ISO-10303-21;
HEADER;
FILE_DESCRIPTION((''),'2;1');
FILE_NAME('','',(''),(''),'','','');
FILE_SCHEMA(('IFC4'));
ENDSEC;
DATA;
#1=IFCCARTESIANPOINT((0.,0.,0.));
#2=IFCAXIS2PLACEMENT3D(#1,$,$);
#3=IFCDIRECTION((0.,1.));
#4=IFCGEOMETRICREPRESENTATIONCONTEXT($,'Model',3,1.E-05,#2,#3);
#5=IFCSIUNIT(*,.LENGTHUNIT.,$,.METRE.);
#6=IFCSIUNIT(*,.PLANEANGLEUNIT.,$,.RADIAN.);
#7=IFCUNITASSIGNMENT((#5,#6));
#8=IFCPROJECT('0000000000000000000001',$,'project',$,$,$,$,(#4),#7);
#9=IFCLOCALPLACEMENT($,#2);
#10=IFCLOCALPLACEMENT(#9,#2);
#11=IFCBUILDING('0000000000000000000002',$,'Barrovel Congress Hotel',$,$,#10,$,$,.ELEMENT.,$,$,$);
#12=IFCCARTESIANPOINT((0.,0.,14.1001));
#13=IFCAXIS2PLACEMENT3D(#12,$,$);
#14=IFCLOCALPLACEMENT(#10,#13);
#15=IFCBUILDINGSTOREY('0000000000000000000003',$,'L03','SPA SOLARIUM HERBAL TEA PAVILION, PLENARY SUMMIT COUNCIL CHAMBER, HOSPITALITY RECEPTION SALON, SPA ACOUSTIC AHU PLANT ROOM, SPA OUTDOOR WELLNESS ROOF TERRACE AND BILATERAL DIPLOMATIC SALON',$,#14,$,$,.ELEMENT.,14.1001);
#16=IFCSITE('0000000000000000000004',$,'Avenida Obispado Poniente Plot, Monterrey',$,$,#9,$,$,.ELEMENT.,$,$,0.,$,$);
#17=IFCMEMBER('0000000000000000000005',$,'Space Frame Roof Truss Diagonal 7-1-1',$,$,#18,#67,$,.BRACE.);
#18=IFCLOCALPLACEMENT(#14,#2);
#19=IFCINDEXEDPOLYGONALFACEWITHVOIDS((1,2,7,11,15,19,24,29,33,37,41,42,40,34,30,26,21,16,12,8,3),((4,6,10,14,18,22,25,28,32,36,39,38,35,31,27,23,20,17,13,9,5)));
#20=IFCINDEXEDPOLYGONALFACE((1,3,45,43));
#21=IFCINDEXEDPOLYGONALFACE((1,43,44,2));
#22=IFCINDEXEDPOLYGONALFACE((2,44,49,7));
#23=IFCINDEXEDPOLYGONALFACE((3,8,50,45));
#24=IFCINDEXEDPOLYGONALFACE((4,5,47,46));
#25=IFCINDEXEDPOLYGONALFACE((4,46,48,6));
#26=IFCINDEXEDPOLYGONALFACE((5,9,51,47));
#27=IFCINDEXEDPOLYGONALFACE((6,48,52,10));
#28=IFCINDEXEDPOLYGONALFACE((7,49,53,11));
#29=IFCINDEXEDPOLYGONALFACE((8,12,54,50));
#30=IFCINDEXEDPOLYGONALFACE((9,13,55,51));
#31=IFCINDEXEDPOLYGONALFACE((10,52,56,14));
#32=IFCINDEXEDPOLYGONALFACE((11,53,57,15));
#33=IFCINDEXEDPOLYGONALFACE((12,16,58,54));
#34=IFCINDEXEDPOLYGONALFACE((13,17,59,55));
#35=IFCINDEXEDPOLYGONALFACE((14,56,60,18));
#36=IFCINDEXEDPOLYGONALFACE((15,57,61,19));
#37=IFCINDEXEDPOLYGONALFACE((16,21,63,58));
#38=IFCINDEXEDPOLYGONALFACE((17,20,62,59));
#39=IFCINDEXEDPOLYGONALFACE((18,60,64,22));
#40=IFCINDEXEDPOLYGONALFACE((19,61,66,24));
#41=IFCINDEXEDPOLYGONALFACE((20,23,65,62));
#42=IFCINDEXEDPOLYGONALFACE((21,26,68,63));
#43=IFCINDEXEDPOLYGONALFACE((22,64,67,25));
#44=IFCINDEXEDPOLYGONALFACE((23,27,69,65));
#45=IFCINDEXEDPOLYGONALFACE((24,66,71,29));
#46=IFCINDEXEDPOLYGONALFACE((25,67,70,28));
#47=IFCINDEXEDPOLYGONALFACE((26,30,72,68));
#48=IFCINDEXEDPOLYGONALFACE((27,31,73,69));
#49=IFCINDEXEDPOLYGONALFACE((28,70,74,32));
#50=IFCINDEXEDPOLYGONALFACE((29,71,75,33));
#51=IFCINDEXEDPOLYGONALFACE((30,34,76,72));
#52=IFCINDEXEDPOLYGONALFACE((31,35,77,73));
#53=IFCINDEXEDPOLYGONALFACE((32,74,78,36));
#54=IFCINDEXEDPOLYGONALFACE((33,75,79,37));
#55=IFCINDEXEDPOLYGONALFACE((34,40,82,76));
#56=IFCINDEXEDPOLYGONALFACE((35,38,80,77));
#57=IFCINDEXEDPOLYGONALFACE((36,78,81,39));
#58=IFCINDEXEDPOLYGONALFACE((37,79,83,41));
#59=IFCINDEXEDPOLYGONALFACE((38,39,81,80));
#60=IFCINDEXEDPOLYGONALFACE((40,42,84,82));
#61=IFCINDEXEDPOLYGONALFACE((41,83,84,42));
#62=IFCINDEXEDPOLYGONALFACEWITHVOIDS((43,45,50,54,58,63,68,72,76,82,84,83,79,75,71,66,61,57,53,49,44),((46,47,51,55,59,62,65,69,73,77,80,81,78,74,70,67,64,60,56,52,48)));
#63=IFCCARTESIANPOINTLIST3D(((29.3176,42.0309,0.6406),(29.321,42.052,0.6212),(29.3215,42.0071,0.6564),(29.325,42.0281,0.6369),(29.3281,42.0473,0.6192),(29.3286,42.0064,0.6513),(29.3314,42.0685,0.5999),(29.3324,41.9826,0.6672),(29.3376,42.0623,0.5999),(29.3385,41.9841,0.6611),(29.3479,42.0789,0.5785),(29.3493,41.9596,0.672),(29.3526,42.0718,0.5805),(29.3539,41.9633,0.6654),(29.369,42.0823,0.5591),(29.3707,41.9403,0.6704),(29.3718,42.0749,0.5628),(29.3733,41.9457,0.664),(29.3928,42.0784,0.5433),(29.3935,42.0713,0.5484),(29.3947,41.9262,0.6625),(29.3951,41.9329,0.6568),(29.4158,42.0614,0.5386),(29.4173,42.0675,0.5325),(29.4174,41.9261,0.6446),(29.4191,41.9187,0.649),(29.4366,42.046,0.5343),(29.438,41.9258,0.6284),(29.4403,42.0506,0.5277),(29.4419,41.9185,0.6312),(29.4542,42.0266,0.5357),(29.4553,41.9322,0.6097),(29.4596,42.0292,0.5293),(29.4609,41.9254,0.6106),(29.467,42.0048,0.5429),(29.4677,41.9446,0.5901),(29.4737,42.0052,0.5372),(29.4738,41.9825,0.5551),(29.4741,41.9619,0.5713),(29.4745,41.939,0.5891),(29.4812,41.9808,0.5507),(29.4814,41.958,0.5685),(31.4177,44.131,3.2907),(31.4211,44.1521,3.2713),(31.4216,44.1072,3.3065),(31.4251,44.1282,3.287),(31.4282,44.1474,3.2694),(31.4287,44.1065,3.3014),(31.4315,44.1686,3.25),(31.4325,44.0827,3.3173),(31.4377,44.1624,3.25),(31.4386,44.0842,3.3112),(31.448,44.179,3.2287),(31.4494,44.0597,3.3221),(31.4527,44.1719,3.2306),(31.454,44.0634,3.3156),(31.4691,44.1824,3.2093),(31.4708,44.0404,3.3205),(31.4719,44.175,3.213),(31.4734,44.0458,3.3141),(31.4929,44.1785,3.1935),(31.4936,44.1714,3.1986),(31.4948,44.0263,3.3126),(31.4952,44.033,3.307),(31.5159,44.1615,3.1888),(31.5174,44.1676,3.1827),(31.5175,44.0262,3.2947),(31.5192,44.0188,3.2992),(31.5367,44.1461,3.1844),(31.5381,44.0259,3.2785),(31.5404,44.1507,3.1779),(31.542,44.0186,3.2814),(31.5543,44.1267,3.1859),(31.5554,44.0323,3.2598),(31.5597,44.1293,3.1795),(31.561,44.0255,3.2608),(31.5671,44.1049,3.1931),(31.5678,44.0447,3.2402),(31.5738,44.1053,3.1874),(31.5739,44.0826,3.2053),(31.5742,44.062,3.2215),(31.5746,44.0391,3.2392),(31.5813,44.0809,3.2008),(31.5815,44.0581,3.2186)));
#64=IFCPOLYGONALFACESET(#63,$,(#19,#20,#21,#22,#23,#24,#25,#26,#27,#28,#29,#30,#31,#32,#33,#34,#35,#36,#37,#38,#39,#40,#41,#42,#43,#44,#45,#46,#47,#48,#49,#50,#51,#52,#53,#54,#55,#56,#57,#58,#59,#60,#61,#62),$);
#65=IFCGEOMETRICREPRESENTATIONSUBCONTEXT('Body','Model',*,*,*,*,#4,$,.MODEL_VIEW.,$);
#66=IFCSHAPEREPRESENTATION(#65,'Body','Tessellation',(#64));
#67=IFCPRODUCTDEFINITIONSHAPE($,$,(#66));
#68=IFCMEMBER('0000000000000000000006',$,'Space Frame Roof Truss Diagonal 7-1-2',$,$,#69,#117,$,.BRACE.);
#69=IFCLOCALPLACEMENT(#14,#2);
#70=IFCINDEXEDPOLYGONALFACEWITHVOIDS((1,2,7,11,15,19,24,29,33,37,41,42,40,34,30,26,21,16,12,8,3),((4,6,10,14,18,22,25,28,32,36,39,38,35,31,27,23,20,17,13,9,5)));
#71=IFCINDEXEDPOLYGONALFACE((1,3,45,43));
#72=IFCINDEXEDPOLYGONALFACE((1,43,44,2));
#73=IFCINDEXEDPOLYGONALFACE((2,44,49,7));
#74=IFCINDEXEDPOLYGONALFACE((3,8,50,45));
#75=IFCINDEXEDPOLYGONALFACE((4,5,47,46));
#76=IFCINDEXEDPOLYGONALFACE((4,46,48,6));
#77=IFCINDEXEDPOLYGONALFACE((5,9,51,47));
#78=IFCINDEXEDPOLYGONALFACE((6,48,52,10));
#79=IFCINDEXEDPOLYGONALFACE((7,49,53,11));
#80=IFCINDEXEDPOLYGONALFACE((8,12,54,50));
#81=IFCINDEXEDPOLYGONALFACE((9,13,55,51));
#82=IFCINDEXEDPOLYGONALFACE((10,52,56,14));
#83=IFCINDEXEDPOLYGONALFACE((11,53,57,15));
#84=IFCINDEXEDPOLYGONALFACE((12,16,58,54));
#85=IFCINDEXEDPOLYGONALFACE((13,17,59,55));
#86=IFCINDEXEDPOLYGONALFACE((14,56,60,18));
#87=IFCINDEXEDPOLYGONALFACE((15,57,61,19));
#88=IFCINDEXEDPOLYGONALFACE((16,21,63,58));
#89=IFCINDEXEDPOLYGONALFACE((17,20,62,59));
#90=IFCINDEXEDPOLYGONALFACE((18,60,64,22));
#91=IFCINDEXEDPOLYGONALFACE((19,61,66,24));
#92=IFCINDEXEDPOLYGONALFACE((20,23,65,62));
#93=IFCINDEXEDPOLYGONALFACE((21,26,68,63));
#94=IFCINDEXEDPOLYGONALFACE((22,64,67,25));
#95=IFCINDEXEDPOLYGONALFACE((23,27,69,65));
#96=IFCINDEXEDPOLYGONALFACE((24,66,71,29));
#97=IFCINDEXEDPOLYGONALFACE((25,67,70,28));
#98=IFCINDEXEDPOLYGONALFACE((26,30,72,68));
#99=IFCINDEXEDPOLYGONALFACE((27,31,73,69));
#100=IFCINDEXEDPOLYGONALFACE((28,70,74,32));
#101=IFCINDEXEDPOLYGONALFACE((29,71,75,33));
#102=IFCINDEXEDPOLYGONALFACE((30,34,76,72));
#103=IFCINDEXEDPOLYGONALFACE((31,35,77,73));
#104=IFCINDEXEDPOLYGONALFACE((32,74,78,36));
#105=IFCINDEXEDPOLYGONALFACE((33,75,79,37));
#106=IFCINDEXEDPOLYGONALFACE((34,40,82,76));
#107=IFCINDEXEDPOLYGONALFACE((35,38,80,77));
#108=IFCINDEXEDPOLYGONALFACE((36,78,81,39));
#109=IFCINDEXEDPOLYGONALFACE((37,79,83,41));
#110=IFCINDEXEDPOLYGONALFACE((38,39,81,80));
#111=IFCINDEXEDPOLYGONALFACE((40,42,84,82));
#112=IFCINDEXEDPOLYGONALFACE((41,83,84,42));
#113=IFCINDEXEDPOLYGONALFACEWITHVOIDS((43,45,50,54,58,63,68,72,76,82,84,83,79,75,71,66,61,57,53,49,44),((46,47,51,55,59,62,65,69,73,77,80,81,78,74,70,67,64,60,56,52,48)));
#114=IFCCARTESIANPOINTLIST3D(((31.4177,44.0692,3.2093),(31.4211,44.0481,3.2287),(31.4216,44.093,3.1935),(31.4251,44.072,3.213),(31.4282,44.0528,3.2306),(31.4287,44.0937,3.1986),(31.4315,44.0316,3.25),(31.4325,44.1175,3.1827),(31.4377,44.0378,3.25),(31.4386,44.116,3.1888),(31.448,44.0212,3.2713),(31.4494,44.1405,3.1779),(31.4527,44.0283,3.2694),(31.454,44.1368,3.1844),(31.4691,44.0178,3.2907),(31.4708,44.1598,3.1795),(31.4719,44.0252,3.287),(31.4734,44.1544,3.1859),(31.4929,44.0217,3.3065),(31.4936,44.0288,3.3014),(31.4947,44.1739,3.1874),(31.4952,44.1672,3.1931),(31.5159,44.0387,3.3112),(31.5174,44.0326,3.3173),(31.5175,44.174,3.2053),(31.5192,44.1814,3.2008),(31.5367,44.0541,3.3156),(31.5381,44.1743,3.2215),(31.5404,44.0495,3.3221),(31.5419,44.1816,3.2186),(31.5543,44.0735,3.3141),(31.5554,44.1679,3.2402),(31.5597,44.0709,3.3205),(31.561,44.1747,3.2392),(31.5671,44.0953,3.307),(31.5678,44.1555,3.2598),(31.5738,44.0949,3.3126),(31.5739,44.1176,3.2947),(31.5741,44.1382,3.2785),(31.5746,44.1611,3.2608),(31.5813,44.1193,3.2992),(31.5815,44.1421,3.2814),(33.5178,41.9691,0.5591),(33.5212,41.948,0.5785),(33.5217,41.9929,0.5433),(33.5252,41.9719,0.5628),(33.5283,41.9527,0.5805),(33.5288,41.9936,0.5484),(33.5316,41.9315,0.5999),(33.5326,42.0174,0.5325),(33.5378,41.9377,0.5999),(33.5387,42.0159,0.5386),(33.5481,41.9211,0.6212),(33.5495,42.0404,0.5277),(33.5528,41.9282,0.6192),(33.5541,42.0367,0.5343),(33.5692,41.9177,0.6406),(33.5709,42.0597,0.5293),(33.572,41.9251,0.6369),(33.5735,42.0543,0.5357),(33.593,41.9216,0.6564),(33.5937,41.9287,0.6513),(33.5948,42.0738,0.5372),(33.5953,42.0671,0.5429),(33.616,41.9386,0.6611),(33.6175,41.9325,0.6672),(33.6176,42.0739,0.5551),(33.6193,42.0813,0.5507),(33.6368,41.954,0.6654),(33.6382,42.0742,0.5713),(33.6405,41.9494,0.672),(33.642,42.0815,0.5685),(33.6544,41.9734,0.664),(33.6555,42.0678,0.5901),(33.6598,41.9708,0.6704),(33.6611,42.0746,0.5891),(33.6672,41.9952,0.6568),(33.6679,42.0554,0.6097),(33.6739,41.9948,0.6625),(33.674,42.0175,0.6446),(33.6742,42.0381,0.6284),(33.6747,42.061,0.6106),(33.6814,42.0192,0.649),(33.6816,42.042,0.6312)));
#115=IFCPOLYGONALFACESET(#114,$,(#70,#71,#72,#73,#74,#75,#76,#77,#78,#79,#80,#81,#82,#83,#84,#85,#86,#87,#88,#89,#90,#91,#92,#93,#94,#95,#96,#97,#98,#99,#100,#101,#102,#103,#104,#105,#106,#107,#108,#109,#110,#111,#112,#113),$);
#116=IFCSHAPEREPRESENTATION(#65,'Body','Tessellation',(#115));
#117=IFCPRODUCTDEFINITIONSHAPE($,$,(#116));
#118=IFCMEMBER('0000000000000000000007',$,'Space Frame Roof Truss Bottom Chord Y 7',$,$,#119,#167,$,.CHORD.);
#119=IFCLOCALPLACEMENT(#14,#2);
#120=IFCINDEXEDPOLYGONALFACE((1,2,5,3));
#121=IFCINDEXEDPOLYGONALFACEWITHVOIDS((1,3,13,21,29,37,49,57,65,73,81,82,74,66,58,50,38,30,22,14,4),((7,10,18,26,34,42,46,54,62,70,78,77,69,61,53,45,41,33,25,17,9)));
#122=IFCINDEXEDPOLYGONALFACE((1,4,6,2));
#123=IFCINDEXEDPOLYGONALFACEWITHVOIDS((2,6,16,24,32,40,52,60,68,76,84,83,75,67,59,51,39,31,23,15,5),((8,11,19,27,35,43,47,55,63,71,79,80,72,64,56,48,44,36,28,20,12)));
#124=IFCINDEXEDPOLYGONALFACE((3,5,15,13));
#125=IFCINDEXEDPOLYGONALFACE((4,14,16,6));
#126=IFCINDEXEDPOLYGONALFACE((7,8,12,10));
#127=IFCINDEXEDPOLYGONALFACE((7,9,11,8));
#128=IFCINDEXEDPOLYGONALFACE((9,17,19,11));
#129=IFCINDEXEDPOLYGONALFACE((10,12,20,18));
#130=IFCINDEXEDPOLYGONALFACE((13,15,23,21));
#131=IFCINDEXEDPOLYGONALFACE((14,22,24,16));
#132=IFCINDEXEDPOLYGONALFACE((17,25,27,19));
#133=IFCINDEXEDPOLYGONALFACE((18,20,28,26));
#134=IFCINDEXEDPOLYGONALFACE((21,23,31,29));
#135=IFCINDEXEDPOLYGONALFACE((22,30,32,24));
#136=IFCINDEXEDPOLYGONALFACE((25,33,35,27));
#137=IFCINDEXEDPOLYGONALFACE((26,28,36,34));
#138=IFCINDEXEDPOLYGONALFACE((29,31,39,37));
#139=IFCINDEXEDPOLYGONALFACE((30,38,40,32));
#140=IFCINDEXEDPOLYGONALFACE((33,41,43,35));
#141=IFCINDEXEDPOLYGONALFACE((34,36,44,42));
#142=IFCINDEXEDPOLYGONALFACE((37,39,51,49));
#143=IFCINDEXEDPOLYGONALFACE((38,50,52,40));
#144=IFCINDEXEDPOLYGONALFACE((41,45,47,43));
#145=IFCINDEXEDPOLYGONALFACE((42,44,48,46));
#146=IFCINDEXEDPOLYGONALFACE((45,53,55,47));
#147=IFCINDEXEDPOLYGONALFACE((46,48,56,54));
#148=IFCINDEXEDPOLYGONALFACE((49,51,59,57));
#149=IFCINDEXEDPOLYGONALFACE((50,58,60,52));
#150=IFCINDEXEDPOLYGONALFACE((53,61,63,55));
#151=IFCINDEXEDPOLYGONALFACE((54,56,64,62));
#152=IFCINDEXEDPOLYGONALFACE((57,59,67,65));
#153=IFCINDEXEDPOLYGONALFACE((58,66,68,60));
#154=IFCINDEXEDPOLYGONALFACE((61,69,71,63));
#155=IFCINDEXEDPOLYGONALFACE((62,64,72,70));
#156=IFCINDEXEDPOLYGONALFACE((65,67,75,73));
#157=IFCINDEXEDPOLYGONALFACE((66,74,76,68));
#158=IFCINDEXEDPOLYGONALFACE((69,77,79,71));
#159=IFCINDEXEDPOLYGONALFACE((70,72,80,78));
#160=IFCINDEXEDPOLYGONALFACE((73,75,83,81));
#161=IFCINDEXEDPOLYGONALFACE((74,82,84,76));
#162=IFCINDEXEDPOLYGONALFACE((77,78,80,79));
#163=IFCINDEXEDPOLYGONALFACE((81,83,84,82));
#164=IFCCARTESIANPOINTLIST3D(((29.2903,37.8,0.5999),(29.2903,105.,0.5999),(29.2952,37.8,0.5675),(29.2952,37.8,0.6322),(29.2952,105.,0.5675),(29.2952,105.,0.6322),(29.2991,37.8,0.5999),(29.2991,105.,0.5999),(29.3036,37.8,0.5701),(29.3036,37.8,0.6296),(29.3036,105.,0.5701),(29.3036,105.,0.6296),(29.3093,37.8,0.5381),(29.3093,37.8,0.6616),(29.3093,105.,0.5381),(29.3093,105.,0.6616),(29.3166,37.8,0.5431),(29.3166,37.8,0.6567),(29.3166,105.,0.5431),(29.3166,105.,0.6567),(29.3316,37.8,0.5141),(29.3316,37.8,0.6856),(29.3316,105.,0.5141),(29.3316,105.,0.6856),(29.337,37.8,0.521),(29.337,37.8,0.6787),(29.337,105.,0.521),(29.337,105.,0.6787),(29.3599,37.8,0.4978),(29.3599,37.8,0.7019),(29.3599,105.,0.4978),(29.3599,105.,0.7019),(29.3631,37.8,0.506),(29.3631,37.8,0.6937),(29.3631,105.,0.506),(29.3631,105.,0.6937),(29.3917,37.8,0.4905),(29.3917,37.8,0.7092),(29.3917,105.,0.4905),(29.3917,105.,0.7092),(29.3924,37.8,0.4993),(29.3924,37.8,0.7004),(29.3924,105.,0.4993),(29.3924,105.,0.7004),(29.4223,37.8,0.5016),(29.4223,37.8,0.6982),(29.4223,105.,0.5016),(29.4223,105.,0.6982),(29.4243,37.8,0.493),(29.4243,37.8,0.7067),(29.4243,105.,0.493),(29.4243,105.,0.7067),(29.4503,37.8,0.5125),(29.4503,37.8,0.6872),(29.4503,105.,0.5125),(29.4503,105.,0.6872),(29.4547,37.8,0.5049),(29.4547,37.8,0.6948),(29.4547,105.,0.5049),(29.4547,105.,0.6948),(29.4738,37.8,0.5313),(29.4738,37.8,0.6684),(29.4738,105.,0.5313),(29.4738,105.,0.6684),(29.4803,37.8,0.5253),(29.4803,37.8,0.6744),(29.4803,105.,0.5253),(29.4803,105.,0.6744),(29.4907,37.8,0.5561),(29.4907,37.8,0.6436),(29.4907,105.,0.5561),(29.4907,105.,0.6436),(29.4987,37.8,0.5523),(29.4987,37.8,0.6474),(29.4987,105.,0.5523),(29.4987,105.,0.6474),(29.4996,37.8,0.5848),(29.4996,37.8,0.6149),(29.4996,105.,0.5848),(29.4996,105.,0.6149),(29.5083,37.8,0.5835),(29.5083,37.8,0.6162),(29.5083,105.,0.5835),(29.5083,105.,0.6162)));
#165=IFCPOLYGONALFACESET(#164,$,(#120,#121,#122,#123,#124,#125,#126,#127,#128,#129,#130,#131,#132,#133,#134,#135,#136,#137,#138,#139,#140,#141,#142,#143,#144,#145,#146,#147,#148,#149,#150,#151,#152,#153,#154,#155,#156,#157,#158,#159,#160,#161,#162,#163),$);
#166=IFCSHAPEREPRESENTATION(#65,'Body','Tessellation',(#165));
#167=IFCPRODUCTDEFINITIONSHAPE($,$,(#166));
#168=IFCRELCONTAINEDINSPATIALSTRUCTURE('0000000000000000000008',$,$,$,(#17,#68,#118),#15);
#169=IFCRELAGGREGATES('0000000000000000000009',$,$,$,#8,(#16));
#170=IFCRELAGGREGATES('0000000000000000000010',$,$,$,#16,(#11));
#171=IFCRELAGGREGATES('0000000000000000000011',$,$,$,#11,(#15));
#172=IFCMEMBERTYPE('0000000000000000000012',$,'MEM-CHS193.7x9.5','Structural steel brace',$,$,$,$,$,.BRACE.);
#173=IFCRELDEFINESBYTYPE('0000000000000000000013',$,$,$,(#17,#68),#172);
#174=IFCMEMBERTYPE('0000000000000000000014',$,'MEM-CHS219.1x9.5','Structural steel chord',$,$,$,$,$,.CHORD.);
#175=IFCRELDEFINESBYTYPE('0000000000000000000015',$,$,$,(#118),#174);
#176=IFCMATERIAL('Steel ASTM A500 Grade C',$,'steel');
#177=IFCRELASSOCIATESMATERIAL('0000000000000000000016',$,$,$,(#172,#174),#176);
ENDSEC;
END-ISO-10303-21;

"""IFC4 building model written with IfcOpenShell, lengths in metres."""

from ifc_helpers import new_model, si_unit, direction, frame, origin, origin_2d, place, context, subcontext, project, spatial, hollow_circle, extrude, material, material_profile, profile_set, type_object, element, save


model = new_model("IFC4")

# Units and contexts
model_context = context("Model", 3, precision=1e-05, world=origin(), true_north=direction((0.0, 1.0)))
body_context = subcontext(model_context, "Body", "Model", "MODEL_VIEW")
ifc_project = project(units=[si_unit("LENGTHUNIT", "METRE"), si_unit("PLANEANGLEUNIT", "RADIAN")], contexts=[model_context])

# Site, building, storey
site_placement = place(None, origin())
site = spatial("IfcSite", under=ifc_project, at=site_placement, Name="Avenida Obispado Poniente Plot, Monterrey", CompositionType="ELEMENT", RefElevation=0.0)
building_placement = place(site_placement, origin())
building = spatial("IfcBuilding", under=site, at=building_placement, Name="Barrovel Congress Hotel", CompositionType="ELEMENT")
storey_placement = place(building_placement, frame((0.0, 0.0, 14.1001)))
storey = spatial("IfcBuildingStorey", under=building, at=storey_placement, Name="L03", Description="SPA SOLARIUM HERBAL TEA PAVILION, PLENARY SUMMIT COUNCIL CHAMBER, HOSPITALITY RECEPTION SALON, SPA ACOUSTIC AHU PLANT ROOM, SPA OUTDOOR WELLNESS ROOF TERRACE AND BILATERAL DIPLOMATIC SALON", CompositionType="ELEMENT", Elevation=14.1001)

# Members
ifc_material_1 = material(Name="Steel ASTM A500 Grade C", Category="steel")
ifc_material_profile_1 = material_profile(ifc_material_1, hollow_circle(Radius=0.0969, WallThickness=0.0088, at=origin_2d()), Name="CHS193.7x9.5")
ifc_profile_set_1 = profile_set([ifc_material_profile_1], Name="Steel ASTM A500 Grade C")
member_type_1 = type_object("IfcMemberType", Name="MEM-CHS193.7x9.5", Description="Structural steel brace", PredefinedType="BRACE", material=ifc_profile_set_1)
for number, where, z_axis, x_axis, name in (
    (1, (29.3999, 42.0, 0.5999), (0.527601, 0.527601, 0.665788), (-0.707107, 0.707107, 0.0), "Space Frame Roof Truss Diagonal 7-1-1"),
    (2, (33.6001, 42.0, 0.5999), (-0.527601, 0.527601, 0.665788), (-0.707107, -0.707107, 0.0), "Space Frame Roof Truss Diagonal 7-1-2"),
):
    element("IfcMember", number, at=place(storey_placement, frame(where, z_axis=z_axis, x_axis=x_axis)), inside=storey, type_object=member_type_1, Name=name, PredefinedType="BRACE", context=body_context, shape_type="SweptSolid", body=[
        extrude(hollow_circle(Radius=0.0969, WallThickness=0.0088, at=origin_2d()), origin(), (0.0, 0.0, 1.0), 3.9805),
    ])
ifc_material_profile_2 = material_profile(ifc_material_1, hollow_circle(Radius=0.1096, WallThickness=0.0088, at=origin_2d()), Name="CHS219.1x9.5")
ifc_profile_set_2 = profile_set([ifc_material_profile_2], Name="Steel ASTM A500 Grade C")
member_type_2 = type_object("IfcMemberType", Name="MEM-CHS219.1x9.5", Description="Structural steel chord", PredefinedType="CHORD", material=ifc_profile_set_2)
member_1_placement = place(storey_placement, frame((29.3999, 37.8, 0.5999), z_axis=(0.0, 1.0, 0.0), x_axis=(-1.0, 0.0, 0.0)))
element("IfcMember", 3, at=member_1_placement, inside=storey, type_object=member_type_2, Name="Space Frame Roof Truss Bottom Chord Y 7", PredefinedType="CHORD", context=body_context, shape_type="SweptSolid", body=[
    extrude(hollow_circle(Radius=0.1096, WallThickness=0.0088, at=origin_2d()), origin(), (0.0, 0.0, 1.0), 67.2),
])

save(model, "model.ifc")
